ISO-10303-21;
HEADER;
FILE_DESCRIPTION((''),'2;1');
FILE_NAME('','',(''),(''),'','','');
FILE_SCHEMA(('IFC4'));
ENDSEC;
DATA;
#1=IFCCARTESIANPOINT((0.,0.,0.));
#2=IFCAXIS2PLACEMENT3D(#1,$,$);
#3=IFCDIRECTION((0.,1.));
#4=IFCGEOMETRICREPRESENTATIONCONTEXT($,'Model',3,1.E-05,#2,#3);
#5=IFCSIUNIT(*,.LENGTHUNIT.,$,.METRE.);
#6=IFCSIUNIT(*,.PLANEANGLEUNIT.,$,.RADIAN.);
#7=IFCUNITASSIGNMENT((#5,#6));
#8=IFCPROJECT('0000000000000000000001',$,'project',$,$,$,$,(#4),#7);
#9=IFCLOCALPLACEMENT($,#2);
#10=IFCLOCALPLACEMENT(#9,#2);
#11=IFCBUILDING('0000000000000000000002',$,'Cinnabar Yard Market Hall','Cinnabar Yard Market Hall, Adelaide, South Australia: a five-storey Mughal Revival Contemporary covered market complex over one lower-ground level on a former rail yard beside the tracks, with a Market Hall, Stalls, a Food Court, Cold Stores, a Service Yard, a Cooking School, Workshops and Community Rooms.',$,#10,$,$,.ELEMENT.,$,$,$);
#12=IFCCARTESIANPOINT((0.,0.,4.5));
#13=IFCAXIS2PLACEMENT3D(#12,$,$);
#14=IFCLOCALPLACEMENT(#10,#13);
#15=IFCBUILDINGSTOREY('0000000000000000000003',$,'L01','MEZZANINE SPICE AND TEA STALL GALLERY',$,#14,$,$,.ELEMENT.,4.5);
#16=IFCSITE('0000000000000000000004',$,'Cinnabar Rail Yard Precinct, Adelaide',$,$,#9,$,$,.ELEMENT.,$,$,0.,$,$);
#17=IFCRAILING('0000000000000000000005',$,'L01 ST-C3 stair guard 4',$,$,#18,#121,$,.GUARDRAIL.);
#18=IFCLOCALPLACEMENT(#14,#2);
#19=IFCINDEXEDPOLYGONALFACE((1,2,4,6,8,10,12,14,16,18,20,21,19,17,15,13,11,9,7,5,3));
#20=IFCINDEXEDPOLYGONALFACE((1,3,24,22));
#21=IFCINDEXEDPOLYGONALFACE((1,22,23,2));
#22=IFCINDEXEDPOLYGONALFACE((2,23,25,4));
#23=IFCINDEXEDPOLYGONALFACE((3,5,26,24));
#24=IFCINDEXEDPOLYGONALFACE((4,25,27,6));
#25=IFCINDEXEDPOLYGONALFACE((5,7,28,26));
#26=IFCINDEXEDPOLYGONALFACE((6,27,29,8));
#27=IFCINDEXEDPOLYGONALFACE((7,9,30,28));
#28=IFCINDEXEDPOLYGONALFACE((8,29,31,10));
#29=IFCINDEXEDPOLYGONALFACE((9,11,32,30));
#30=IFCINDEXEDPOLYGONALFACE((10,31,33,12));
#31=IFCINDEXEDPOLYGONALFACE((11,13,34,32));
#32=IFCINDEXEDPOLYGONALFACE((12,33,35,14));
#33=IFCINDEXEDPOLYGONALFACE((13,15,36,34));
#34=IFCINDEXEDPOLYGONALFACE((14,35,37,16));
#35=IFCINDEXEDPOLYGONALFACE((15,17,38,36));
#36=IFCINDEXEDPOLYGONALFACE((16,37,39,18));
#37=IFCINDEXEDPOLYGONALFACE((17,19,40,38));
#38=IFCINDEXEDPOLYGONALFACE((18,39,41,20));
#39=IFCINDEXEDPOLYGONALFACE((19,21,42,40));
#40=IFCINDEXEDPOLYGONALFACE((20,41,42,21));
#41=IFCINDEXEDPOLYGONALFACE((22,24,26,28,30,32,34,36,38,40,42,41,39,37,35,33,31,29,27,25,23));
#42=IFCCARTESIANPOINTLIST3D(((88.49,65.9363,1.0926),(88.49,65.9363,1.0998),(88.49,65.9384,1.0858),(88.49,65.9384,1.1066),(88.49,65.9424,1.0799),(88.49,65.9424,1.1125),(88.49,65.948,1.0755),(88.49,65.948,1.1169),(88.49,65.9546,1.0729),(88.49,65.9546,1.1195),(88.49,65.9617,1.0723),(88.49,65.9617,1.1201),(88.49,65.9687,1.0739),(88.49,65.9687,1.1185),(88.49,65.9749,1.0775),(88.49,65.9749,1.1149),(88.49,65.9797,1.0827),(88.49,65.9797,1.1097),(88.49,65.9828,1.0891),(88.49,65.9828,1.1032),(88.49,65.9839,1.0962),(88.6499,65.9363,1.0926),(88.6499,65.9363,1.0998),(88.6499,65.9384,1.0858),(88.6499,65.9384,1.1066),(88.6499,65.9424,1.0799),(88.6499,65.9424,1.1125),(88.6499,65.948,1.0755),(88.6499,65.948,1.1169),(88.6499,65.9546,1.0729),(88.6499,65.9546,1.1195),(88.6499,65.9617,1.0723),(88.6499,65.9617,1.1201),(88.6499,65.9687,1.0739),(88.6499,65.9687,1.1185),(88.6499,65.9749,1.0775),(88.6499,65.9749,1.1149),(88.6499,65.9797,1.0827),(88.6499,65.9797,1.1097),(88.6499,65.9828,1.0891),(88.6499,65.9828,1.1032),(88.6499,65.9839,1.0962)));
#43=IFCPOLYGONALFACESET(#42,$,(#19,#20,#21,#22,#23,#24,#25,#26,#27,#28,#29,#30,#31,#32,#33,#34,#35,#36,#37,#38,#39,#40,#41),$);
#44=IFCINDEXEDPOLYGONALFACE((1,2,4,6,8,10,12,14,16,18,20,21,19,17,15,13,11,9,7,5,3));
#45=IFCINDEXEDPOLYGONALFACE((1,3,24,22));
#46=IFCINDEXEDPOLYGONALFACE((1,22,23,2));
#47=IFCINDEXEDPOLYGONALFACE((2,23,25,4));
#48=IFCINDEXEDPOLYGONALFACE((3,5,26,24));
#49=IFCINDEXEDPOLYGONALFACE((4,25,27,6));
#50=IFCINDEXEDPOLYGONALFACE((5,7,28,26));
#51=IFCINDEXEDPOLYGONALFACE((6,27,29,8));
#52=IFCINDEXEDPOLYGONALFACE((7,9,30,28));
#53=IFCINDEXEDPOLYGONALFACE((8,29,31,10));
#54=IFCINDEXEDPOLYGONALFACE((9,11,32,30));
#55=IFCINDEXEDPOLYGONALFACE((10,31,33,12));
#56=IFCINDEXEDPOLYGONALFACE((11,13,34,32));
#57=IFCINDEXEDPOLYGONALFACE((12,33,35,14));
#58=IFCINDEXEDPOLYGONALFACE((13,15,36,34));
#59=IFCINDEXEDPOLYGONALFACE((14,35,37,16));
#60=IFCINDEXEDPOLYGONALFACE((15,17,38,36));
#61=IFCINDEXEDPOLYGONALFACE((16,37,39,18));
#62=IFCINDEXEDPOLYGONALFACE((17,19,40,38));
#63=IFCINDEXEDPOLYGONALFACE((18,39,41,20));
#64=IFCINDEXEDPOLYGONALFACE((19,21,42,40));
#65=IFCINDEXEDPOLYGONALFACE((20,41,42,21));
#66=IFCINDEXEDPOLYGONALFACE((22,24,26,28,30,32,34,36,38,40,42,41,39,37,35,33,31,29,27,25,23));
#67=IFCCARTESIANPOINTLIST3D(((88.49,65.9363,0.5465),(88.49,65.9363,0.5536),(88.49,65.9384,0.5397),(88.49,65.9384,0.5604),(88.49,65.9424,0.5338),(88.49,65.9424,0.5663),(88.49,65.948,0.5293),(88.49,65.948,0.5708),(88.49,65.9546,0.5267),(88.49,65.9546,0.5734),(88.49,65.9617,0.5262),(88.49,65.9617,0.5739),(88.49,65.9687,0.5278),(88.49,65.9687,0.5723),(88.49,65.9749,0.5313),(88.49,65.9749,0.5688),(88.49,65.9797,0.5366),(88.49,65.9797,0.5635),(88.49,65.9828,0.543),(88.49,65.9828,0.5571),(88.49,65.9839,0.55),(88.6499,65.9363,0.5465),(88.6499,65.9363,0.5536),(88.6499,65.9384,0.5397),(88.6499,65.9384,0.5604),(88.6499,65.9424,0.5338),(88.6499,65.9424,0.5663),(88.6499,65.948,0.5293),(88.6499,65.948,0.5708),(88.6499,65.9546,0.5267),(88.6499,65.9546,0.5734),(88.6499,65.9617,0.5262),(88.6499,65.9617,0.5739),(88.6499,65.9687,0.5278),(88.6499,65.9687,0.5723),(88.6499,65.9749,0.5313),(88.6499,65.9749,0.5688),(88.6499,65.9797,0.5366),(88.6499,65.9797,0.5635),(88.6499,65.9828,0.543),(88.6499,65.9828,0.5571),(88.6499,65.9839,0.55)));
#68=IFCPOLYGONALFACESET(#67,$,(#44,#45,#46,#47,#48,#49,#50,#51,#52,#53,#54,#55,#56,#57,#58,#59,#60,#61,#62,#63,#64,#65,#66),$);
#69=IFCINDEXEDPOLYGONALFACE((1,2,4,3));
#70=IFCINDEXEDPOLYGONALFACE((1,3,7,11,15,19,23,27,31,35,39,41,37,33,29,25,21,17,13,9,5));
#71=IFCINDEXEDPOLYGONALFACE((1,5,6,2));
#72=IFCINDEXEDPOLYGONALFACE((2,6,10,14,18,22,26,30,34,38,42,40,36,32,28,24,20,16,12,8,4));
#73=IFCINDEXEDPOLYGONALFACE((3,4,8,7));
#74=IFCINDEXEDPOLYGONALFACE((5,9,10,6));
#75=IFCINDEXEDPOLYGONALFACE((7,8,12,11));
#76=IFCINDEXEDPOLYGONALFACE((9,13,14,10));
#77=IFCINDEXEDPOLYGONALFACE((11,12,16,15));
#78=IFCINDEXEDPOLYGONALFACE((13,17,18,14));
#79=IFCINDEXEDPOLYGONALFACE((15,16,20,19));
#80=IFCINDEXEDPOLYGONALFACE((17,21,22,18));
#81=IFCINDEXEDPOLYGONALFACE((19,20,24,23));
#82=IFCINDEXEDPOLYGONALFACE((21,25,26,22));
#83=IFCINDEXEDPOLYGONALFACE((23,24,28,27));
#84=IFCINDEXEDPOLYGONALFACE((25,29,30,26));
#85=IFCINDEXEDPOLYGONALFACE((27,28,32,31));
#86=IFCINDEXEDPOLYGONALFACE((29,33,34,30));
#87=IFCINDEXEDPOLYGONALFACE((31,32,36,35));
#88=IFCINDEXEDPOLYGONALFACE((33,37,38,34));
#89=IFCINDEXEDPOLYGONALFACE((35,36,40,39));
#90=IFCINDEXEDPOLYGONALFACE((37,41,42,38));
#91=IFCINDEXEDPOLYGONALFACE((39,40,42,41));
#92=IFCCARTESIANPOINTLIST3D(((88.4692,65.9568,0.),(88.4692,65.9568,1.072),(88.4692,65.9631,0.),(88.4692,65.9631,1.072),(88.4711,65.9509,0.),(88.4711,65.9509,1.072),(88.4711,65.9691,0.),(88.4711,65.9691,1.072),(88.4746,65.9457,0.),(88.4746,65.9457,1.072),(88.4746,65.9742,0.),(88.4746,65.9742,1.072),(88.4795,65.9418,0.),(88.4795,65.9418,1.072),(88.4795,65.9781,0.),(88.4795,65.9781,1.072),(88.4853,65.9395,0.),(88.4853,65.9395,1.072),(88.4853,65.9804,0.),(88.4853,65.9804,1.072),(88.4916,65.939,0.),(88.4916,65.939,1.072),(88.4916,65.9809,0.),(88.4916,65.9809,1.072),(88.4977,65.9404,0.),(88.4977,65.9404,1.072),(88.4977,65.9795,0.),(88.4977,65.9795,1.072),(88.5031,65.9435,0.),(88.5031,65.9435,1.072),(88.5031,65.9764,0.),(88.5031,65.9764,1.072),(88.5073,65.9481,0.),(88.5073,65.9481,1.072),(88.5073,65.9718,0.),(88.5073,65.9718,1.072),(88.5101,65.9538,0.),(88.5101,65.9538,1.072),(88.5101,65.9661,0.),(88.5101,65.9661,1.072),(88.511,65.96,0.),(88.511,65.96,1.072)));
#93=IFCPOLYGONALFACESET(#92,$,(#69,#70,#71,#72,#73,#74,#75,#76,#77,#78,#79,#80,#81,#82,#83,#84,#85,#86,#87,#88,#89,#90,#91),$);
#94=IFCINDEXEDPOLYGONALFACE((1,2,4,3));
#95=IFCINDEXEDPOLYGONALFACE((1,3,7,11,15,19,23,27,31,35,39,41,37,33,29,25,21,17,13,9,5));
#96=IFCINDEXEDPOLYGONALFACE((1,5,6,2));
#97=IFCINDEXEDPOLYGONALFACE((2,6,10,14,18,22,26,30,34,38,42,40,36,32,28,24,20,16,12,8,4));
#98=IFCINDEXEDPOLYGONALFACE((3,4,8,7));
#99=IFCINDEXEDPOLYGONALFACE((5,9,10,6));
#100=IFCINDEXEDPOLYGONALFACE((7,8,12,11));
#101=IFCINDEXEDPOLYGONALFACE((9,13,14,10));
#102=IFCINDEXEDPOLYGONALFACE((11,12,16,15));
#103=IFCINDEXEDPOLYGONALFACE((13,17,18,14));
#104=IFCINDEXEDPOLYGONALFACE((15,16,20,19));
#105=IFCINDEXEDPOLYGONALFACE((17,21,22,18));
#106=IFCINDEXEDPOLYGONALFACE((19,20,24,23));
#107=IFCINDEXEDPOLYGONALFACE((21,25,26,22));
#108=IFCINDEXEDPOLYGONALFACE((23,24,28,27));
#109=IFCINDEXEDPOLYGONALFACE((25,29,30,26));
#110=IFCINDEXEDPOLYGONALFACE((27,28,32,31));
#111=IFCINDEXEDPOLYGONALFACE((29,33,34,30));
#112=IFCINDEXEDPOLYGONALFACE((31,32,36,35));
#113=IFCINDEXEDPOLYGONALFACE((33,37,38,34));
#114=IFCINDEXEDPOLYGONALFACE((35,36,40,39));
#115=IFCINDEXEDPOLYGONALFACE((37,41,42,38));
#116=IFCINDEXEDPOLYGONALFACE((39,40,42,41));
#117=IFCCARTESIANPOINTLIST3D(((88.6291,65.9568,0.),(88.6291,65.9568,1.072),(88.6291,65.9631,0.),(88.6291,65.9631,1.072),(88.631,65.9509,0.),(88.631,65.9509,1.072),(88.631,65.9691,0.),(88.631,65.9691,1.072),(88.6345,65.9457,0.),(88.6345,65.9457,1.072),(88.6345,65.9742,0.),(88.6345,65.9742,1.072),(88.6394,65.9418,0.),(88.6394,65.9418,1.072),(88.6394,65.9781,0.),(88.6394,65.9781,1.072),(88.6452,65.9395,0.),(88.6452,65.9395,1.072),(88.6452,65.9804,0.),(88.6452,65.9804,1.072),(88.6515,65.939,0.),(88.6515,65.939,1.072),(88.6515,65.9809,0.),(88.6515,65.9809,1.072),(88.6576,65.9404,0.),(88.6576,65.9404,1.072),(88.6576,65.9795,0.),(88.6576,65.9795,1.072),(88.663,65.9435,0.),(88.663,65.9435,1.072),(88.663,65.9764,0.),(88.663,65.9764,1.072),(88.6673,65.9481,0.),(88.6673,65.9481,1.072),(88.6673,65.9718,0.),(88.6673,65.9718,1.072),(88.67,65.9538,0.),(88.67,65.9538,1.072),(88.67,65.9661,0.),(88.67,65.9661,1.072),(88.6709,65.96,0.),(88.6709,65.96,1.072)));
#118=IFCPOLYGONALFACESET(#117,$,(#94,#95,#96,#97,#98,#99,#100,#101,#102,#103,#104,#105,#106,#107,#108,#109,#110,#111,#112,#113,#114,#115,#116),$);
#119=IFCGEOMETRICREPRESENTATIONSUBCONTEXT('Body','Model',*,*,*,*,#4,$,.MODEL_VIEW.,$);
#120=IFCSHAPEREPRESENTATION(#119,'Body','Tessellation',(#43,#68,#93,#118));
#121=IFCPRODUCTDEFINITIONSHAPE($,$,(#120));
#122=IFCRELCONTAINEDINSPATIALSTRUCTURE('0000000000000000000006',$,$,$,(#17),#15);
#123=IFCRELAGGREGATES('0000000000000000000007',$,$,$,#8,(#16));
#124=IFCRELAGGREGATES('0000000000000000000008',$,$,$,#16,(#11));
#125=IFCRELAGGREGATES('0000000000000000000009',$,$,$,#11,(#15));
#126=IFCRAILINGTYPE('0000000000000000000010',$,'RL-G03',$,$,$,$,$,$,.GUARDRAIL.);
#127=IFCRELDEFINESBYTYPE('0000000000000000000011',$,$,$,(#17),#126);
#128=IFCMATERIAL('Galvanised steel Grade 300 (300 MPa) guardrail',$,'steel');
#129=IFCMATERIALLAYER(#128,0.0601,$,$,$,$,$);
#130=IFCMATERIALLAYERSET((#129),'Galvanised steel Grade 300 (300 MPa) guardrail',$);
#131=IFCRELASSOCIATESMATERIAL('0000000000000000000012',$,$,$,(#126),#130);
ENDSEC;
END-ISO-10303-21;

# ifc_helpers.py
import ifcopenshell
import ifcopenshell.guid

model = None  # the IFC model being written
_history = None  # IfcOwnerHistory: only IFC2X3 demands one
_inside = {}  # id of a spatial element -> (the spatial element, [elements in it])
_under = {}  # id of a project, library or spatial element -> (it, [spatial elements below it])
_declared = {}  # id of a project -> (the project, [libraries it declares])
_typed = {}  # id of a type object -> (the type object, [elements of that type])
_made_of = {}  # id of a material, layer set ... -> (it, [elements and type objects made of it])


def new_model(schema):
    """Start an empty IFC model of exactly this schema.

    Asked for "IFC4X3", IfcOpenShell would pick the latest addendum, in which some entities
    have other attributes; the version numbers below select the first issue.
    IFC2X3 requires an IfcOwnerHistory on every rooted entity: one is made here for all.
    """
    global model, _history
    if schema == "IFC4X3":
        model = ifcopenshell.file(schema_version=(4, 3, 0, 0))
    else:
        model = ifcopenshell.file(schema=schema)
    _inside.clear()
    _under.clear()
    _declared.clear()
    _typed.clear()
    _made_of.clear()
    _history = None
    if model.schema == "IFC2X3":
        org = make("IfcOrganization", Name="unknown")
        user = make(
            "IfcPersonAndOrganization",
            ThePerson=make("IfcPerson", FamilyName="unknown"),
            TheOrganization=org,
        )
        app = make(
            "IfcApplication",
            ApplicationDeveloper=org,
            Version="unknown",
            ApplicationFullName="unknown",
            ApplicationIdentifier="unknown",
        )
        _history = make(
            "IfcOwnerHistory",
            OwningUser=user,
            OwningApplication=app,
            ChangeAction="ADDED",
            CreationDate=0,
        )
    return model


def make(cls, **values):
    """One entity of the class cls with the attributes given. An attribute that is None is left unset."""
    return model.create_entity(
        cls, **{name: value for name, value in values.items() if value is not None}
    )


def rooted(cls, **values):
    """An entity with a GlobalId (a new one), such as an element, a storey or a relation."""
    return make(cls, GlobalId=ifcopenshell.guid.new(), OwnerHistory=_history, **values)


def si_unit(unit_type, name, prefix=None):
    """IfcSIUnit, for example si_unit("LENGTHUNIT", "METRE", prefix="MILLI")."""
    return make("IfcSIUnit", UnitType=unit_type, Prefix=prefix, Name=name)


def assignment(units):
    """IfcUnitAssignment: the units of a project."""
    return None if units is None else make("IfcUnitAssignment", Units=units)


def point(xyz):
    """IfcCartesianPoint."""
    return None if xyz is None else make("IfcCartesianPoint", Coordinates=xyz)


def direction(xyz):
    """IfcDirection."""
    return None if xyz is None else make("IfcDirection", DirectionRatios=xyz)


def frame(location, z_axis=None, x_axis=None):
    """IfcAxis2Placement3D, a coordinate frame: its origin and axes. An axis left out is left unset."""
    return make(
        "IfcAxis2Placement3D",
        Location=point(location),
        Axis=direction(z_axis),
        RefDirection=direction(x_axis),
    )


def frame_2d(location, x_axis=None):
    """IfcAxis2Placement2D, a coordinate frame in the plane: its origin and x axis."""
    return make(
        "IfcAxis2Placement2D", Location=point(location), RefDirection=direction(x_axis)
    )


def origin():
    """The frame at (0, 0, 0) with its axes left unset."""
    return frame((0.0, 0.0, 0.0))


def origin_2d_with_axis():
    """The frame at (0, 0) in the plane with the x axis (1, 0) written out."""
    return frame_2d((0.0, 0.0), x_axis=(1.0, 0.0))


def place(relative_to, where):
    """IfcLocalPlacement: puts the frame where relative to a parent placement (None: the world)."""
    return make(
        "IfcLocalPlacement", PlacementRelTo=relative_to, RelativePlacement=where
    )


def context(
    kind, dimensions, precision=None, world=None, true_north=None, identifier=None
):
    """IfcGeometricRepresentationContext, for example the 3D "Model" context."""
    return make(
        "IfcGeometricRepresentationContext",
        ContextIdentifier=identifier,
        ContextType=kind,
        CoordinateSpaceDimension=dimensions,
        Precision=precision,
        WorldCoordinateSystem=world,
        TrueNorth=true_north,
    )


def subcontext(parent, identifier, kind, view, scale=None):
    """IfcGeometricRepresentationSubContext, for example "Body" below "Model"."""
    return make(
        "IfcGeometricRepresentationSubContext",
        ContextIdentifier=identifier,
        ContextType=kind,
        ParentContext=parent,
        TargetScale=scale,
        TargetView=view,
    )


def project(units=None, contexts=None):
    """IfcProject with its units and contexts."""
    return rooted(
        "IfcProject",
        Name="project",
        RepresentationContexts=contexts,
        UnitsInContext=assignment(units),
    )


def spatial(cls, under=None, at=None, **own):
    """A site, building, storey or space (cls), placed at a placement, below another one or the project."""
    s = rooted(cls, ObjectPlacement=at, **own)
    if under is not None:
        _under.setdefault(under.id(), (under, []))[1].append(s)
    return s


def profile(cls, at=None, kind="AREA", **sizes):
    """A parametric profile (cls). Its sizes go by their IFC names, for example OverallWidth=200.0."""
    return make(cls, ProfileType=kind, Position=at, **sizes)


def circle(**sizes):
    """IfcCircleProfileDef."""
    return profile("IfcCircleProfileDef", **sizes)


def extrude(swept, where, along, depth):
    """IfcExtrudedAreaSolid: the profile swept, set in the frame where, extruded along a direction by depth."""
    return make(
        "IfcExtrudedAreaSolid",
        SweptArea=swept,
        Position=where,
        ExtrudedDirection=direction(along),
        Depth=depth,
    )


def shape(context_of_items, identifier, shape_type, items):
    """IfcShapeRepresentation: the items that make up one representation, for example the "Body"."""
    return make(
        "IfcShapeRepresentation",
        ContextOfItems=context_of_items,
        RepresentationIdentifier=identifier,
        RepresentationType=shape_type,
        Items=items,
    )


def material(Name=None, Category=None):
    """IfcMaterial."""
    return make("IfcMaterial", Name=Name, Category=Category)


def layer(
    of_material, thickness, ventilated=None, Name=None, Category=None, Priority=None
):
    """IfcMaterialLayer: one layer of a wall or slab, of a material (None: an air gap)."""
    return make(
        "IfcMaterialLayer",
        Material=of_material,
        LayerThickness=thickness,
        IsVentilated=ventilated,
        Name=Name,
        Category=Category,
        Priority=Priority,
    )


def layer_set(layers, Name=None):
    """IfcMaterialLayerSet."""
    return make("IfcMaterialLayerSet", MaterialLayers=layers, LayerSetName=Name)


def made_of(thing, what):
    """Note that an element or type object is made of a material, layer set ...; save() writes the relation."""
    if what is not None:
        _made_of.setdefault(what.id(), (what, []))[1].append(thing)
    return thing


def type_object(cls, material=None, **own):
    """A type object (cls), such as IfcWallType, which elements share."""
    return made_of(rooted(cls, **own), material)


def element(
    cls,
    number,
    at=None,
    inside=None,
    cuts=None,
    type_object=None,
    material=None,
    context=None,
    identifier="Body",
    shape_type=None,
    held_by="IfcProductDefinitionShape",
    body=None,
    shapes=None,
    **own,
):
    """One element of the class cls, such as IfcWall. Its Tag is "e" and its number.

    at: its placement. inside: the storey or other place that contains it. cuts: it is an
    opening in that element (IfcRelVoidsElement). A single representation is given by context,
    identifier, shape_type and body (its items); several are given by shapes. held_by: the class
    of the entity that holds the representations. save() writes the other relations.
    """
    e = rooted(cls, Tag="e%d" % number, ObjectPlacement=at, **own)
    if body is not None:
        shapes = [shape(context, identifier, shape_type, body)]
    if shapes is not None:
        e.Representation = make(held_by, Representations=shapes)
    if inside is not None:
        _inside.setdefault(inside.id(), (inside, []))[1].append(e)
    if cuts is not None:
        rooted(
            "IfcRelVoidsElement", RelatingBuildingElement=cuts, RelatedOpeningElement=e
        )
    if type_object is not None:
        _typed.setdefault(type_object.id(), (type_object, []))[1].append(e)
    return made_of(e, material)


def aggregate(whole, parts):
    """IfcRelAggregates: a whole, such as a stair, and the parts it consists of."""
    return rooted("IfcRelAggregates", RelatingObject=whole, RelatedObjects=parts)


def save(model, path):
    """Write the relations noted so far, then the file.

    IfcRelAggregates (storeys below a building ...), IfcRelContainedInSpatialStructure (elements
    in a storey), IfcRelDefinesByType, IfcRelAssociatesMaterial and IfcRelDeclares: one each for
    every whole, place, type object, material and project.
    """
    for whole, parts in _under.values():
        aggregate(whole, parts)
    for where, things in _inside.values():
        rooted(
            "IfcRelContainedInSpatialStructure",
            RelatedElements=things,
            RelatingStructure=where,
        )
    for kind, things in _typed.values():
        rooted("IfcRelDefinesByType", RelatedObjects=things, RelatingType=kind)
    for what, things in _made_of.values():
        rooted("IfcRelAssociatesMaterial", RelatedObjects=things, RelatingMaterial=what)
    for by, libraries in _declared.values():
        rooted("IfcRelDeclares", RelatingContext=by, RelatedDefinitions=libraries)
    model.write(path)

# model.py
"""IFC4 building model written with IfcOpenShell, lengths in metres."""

from ifc_helpers import new_model, si_unit, direction, frame, origin, origin_2d_with_axis, place, context, subcontext, project, spatial, circle, extrude, material, layer, layer_set, type_object, element, save


model = new_model("IFC4")

# Units and contexts
model_context = context("Model", 3, precision=1e-05, world=origin(), true_north=direction((0.0, 1.0)))
body_context = subcontext(model_context, "Body", "Model", "MODEL_VIEW")
ifc_project = project(units=[si_unit("LENGTHUNIT", "METRE"), si_unit("PLANEANGLEUNIT", "RADIAN")], contexts=[model_context])

# Site, building, storey
site_placement = place(None, origin())
site = spatial("IfcSite", under=ifc_project, at=site_placement, Name="Cinnabar Rail Yard Precinct, Adelaide", CompositionType="ELEMENT", RefElevation=0.0)
building_placement = place(site_placement, origin())
building = spatial("IfcBuilding", under=site, at=building_placement, Name="Cinnabar Yard Market Hall", Description="Cinnabar Yard Market Hall, Adelaide, South Australia: a five-storey Mughal Revival Contemporary covered market complex over one lower-ground level on a former rail yard beside the tracks, with a Market Hall, Stalls, a Food Court, Cold Stores, a Service Yard, a Cooking School, Workshops and Community Rooms.", CompositionType="ELEMENT")
storey_placement = place(building_placement, frame((0.0, 0.0, 4.5)))
storey = spatial("IfcBuildingStorey", under=building, at=storey_placement, Name="L01", Description="MEZZANINE SPICE AND TEA STALL GALLERY", CompositionType="ELEMENT", Elevation=4.5)

# Railing
ifc_material_1 = material(Name="Galvanised steel Grade 300 (300 MPa) guardrail", Category="steel")
ifc_layer_1 = layer(ifc_material_1, 0.0601)
ifc_layer_set_1 = layer_set([ifc_layer_1], Name="Galvanised steel Grade 300 (300 MPa) guardrail")
railing_type_1 = type_object("IfcRailingType", Name="RL-G03", PredefinedType="GUARDRAIL", material=ifc_layer_set_1)
railing_1_placement = place(storey_placement, frame((88.49, 65.96, 0.0)))
element("IfcRailing", 1, at=railing_1_placement, inside=storey, type_object=railing_type_1, Name="L01 ST-C3 stair guard 4", PredefinedType="GUARDRAIL", context=body_context, shape_type="SweptSolid", body=[
    extrude(circle(Radius=0.0239, at=origin_2d_with_axis()), frame((0.0, 0.0, 1.0962), z_axis=(1.0, 0.0, 0.0), x_axis=(0.0, 1.0, 0.0)), (0.0, 0.0, 1.0), 0.1599),
    extrude(circle(Radius=0.0239, at=origin_2d_with_axis()), frame((0.0, 0.0, 0.55), z_axis=(1.0, 0.0, 0.0), x_axis=(0.0, 1.0, 0.0)), (0.0, 0.0, 1.0), 0.1599),
    extrude(circle(Radius=0.021, at=origin_2d_with_axis()), origin(), (0.0, 0.0, 1.0), 1.072),
    extrude(circle(Radius=0.021, at=origin_2d_with_axis()), frame((0.1599, 0.0, 0.0)), (0.0, 0.0, 1.0), 1.072),
])

save(model, "model.ifc")
